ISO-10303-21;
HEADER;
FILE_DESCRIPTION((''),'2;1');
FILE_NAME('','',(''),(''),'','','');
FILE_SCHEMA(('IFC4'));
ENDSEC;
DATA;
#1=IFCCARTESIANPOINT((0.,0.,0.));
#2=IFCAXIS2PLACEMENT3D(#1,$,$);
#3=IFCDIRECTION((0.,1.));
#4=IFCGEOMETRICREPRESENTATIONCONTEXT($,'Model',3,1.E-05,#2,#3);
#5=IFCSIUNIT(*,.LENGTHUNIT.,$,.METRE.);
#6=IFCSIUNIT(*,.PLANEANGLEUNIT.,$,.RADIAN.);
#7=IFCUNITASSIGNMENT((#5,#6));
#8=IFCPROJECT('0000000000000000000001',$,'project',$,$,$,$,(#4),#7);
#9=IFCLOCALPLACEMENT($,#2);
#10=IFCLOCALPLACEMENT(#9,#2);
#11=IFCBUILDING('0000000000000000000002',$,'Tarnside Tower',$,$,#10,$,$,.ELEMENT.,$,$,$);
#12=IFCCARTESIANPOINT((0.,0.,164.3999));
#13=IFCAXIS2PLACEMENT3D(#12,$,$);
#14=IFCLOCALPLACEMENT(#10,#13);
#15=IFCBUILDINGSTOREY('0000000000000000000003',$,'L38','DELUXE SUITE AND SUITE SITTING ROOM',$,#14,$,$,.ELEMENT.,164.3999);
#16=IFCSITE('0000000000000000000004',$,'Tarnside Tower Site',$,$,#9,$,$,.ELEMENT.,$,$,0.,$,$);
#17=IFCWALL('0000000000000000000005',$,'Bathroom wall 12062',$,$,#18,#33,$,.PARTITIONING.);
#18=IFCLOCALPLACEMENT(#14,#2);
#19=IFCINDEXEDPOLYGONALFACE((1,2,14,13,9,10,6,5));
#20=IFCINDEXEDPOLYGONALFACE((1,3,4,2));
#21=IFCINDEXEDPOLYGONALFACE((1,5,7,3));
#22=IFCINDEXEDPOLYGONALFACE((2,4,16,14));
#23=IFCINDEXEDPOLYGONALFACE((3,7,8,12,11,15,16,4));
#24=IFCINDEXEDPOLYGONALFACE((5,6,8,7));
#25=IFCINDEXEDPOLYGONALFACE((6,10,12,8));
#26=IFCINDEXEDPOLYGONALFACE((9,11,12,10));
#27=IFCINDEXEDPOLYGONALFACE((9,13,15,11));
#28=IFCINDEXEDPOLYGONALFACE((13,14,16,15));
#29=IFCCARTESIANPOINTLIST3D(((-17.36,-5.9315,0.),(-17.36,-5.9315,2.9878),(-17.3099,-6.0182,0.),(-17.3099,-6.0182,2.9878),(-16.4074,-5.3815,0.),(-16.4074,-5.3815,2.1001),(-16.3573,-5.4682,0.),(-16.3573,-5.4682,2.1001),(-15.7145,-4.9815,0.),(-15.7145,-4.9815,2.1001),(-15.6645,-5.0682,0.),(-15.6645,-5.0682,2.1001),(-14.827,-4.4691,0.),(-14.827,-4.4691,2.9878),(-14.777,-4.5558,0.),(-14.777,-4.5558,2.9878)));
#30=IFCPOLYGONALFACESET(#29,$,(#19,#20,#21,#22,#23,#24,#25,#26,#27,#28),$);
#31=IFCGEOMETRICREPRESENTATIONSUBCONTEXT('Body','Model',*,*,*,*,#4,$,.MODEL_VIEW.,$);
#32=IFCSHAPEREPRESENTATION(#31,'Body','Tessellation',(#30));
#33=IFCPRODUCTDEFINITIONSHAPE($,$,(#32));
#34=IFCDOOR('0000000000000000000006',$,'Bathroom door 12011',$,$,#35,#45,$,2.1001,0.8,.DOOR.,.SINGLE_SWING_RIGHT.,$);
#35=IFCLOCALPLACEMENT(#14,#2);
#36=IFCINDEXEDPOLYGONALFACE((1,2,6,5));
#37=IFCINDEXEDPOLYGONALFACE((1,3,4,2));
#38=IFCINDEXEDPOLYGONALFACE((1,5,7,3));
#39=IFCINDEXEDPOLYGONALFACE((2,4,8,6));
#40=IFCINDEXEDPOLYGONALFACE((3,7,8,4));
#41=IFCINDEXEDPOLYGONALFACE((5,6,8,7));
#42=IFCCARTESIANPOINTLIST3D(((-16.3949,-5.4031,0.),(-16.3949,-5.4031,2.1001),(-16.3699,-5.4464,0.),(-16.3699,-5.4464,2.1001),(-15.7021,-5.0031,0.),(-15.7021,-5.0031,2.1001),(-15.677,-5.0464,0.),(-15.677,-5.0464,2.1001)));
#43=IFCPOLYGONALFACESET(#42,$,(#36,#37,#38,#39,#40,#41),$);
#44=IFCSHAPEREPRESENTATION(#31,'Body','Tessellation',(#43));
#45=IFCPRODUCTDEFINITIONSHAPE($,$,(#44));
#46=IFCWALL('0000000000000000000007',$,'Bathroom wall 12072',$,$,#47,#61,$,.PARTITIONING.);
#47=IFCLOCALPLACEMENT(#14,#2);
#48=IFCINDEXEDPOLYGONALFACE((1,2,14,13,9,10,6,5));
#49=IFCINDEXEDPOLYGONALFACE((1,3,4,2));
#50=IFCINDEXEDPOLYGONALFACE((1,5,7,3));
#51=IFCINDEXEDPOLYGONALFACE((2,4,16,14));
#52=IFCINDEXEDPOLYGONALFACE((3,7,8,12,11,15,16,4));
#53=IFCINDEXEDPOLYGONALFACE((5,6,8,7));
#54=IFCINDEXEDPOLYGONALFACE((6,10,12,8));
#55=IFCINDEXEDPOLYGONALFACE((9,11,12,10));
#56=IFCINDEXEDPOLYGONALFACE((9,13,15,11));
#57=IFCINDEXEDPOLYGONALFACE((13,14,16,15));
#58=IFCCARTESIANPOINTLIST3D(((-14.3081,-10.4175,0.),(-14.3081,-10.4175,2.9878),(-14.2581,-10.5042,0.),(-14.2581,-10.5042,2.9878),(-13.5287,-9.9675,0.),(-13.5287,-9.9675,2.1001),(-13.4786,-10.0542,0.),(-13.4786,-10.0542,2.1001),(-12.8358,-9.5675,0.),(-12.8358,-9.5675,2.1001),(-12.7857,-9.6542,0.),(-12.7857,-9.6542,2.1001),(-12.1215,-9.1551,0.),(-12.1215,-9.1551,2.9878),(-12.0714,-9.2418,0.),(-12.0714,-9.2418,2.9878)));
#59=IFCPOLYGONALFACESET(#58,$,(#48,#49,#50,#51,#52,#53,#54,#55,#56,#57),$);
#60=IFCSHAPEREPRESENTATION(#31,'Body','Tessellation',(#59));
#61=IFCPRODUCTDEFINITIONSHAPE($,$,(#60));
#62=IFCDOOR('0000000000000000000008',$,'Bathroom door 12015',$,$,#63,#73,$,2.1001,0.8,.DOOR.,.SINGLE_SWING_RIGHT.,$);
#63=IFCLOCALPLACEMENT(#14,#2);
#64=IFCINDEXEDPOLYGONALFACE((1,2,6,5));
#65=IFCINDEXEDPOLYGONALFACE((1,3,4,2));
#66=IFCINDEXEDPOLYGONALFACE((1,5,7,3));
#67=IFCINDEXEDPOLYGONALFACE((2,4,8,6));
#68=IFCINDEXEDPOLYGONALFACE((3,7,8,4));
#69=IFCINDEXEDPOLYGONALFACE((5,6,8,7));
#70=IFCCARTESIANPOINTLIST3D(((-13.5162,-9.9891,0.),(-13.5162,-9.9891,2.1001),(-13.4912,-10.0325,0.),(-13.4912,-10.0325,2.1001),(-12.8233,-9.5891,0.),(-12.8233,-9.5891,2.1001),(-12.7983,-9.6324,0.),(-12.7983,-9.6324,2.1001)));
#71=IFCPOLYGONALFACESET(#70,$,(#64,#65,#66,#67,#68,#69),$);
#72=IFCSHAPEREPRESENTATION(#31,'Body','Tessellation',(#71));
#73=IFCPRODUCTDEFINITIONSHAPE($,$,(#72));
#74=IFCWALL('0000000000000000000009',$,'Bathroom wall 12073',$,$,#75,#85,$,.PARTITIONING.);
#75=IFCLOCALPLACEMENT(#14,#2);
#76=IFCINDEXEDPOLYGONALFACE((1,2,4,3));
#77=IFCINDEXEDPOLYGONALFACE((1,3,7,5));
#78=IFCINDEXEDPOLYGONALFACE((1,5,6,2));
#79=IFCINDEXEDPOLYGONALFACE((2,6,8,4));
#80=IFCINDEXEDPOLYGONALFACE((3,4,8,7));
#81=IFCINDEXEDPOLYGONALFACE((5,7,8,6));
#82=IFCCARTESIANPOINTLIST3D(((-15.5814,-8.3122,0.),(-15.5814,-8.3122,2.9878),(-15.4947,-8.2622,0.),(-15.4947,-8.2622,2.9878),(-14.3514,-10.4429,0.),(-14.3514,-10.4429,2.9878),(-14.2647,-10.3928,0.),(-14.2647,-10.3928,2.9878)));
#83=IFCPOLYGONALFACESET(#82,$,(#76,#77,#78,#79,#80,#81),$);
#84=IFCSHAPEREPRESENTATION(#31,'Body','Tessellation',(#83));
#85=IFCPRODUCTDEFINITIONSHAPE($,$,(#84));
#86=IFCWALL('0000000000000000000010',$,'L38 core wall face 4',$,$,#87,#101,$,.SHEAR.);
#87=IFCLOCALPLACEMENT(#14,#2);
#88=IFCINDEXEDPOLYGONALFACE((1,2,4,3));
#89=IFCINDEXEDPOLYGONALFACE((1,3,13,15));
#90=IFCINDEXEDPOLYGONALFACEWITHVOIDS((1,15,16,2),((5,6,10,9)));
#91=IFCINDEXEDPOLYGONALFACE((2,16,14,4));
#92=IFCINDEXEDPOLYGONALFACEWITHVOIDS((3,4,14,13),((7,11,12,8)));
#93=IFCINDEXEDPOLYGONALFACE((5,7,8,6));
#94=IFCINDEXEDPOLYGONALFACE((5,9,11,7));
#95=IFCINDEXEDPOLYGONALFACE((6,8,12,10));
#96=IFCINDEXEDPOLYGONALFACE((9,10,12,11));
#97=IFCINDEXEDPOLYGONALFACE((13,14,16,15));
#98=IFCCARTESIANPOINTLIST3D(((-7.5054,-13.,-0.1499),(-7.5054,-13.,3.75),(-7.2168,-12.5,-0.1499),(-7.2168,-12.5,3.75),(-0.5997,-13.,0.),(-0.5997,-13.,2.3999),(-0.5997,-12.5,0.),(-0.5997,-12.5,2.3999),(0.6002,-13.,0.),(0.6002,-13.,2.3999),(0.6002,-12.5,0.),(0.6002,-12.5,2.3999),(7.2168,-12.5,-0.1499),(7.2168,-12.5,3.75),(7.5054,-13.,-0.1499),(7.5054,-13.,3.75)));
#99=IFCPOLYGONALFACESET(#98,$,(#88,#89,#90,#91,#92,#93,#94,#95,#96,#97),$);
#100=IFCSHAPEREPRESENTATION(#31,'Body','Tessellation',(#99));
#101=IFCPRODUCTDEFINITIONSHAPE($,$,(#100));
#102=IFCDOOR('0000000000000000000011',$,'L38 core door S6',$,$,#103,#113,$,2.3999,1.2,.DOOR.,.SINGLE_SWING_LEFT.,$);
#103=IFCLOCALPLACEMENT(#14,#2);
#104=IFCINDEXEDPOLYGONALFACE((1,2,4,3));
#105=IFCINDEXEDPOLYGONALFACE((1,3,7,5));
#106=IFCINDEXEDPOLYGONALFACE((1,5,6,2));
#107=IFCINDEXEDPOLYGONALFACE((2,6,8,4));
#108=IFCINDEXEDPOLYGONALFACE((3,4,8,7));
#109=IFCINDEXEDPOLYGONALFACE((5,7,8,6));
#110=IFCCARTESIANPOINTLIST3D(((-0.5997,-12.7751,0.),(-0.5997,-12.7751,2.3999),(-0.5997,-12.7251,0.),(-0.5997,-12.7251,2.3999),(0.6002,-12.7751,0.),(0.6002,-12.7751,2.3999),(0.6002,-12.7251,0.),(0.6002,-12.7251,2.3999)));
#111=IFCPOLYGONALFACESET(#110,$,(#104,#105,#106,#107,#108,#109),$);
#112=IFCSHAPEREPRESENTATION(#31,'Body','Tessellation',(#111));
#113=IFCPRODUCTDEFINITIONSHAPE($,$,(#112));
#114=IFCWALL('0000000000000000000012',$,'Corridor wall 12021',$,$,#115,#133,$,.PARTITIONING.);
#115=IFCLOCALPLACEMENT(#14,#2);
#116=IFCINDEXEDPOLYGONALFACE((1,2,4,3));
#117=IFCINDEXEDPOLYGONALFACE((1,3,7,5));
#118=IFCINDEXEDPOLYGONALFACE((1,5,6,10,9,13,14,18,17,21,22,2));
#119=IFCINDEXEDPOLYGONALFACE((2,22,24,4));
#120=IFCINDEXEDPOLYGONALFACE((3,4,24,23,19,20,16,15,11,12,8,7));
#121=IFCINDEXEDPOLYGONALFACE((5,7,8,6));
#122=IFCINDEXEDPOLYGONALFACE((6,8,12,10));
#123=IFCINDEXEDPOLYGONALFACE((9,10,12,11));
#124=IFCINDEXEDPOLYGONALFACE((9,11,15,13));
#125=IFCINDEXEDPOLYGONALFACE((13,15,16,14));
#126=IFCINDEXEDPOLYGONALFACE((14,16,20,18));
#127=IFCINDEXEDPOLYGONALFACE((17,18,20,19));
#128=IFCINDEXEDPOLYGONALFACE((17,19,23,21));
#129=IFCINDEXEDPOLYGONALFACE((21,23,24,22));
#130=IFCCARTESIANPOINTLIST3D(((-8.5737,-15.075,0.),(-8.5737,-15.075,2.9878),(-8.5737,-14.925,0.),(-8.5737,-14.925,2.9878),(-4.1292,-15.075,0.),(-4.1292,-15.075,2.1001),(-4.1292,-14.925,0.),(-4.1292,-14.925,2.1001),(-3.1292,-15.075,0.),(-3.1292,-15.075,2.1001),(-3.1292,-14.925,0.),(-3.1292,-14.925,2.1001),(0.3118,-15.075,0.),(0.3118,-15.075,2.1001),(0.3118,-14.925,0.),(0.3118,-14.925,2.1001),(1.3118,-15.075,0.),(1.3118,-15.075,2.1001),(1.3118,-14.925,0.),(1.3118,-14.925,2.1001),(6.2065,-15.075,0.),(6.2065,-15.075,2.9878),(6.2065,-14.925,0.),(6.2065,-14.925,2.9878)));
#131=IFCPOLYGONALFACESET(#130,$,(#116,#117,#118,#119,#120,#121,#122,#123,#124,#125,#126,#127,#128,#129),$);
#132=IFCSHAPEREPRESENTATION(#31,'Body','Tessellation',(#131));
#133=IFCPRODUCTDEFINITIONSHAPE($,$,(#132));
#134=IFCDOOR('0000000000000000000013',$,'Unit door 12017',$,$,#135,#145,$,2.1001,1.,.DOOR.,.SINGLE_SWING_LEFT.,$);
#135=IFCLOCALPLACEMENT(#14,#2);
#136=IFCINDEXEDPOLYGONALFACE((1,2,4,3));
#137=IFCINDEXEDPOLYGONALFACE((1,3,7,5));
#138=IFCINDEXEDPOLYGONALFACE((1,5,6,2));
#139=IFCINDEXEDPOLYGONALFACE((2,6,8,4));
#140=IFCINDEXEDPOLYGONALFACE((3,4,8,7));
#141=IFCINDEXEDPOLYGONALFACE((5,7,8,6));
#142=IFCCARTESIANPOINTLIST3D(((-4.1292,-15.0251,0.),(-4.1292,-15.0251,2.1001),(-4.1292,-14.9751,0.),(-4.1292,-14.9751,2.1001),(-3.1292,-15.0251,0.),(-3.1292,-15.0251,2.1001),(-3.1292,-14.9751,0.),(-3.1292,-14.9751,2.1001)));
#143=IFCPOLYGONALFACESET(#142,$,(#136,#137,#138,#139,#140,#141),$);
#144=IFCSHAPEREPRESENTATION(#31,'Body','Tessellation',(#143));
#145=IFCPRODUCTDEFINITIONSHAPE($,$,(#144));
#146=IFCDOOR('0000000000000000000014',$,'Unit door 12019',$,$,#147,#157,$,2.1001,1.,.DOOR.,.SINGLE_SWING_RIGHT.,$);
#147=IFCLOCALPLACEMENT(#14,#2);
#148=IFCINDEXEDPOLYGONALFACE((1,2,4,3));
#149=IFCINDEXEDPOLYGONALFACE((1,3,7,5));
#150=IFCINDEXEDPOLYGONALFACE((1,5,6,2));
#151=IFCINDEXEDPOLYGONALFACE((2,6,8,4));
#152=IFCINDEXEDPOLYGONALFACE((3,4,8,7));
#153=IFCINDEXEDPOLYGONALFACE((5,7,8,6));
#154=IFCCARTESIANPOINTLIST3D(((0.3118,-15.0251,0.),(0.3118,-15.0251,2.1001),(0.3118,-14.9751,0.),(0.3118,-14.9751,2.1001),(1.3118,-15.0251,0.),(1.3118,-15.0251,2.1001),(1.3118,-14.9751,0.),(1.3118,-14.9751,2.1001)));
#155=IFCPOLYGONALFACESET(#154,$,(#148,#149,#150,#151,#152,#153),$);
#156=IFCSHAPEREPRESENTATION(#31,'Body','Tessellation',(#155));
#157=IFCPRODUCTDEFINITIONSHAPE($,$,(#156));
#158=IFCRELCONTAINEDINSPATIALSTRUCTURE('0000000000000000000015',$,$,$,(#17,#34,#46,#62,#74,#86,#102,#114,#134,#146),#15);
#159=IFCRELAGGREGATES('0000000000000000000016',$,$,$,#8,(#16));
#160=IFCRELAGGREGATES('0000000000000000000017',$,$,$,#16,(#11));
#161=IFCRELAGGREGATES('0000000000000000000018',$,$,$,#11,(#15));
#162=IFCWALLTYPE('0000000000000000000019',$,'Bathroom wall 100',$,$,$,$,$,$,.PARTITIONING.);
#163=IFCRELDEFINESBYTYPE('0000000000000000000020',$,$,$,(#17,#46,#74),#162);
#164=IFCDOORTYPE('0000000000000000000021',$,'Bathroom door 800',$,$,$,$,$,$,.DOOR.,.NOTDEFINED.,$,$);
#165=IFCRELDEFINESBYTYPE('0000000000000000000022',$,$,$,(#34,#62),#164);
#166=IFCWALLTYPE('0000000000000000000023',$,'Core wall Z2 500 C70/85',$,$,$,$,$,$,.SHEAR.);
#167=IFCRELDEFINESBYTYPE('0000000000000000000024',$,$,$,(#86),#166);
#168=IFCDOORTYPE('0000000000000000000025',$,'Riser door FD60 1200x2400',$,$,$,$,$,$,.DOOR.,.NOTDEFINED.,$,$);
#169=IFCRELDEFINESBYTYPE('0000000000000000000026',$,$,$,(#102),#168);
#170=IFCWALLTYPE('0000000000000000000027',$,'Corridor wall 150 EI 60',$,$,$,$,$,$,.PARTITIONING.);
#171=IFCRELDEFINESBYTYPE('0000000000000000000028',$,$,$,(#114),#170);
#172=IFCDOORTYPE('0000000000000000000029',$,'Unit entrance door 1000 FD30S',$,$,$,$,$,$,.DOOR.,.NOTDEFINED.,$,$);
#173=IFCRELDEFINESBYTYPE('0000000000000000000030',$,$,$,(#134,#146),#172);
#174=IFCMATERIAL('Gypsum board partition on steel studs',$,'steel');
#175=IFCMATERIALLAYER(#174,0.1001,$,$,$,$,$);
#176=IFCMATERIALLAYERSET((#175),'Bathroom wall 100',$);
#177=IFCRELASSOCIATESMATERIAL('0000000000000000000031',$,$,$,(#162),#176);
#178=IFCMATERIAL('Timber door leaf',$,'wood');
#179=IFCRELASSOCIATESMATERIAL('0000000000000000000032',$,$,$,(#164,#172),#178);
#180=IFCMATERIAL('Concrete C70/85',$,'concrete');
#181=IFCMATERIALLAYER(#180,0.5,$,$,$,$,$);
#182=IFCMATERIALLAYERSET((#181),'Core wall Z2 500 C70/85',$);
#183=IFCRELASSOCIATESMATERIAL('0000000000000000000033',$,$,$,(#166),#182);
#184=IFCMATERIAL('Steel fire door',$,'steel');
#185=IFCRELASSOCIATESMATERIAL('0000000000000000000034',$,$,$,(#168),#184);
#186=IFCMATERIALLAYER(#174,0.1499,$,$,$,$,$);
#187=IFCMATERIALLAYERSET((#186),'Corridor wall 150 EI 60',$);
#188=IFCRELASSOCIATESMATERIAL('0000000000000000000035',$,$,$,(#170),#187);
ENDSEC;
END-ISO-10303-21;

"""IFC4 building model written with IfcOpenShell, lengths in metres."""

from ifc_helpers import new_model, si_unit, direction, frame, frame_2d, origin, place, context, subcontext, project, spatial, polyline, rectangle, outline, extrude, material, layer, layer_set, type_object, element, fill, save


model = new_model("IFC4")

# Units and contexts
model_context = context("Model", 3, precision=1e-05, world=origin(), true_north=direction((0.0, 1.0)))
body_context = subcontext(model_context, "Body", "Model", "MODEL_VIEW")
ifc_project = project(units=[si_unit("LENGTHUNIT", "METRE"), si_unit("PLANEANGLEUNIT", "RADIAN")], contexts=[model_context])

# Site, building, storey
site_placement = place(None, origin())
site = spatial("IfcSite", under=ifc_project, at=site_placement, Name="Tarnside Tower Site", CompositionType="ELEMENT", RefElevation=0.0)
building_placement = place(site_placement, origin())
building = spatial("IfcBuilding", under=site, at=building_placement, Name="Tarnside Tower", CompositionType="ELEMENT")
storey_placement = place(building_placement, frame((0.0, 0.0, 164.3999)))
storey = spatial("IfcBuildingStorey", under=building, at=storey_placement, Name="L38", Description="DELUXE SUITE AND SUITE SITTING ROOM", CompositionType="ELEMENT", Elevation=164.3999)

# Walls, openings, doors
ifc_material_1 = material(Name="Gypsum board partition on steel studs", Category="steel")
ifc_layer_1 = layer(ifc_material_1, 0.1001)
ifc_layer_set_1 = layer_set([ifc_layer_1], Name="Bathroom wall 100")
wall_type_1 = type_object("IfcWallType", Name="Bathroom wall 100", PredefinedType="PARTITIONING", material=ifc_layer_set_1)
wall_1_placement = place(storey_placement, frame((-14.802, -4.5125, 0.0), z_axis=(0.0, 0.0, 1.0), x_axis=(-0.866026, -0.499999, 0.0)))
wall_1 = element("IfcWall", 1, at=wall_1_placement, inside=storey, type_object=wall_type_1, Name="Bathroom wall 12062", PredefinedType="PARTITIONING", context=body_context, shape_type="SweptSolid", body=[
    extrude(rectangle(XDim=2.9248, YDim=0.1001, at=frame_2d((1.4624, 0.0))), origin(), (0.0, 0.0, 1.0), 2.9878),
])
opening_1_placement = place(wall_1_placement, frame((1.0249, 0.0, 0.0)))
opening_1 = element("IfcOpeningElement", 2, at=opening_1_placement, cuts=wall_1, PredefinedType="OPENING", context=body_context, shape_type="SweptSolid", body=[
    extrude(rectangle(XDim=0.8, YDim=2.1001, at=frame_2d((0.3999, 1.05))), frame((0.0, 0.0601, 0.0), z_axis=(0.0, -1.0, 0.0), x_axis=(1.0, 0.0, 0.0)), (0.0, 0.0, 1.0), 0.1201),
])
ifc_material_2 = material(Name="Timber door leaf", Category="wood")
door_type_1 = type_object("IfcDoorType", Name="Bathroom door 800", OperationType="NOTDEFINED", PredefinedType="DOOR", material=ifc_material_2)
door_1_placement = place(opening_1_placement, origin())
door_1 = element("IfcDoor", 3, at=door_1_placement, inside=storey, type_object=door_type_1, Name="Bathroom door 12011", OperationType="SINGLE_SWING_RIGHT", OverallHeight=2.1001, OverallWidth=0.8, PredefinedType="DOOR", context=body_context, shape_type="SweptSolid", body=[
    extrude(rectangle(XDim=0.8, YDim=2.1001, at=frame_2d((0.3999, 1.05))), frame((0.0, 0.0249, 0.0), z_axis=(0.0, -1.0, 0.0), x_axis=(1.0, 0.0, 0.0)), (0.0, 0.0, 1.0), 0.05),
])
fill(opening_1, door_1)
wall_2_placement = place(storey_placement, frame((-12.0964, -9.1985, 0.0), z_axis=(0.0, 0.0, 1.0), x_axis=(-0.866039, -0.499976, 0.0)))
wall_2 = element("IfcWall", 4, at=wall_2_placement, inside=storey, type_object=wall_type_1, Name="Bathroom wall 12072", PredefinedType="PARTITIONING", context=body_context, shape_type="SweptSolid", body=[
    extrude(rectangle(XDim=2.5249, YDim=0.1001, at=frame_2d((1.2625, 0.0))), origin(), (0.0, 0.0, 1.0), 2.9878),
])
opening_2_placement = place(wall_2_placement, frame((0.825, 0.0, 0.0)))
opening_2 = element("IfcOpeningElement", 5, at=opening_2_placement, cuts=wall_2, PredefinedType="OPENING", context=body_context, shape_type="SweptSolid", body=[
    extrude(rectangle(XDim=0.8, YDim=2.1001, at=frame_2d((0.3999, 1.05))), frame((0.0, 0.0601, 0.0), z_axis=(0.0, -1.0, 0.0), x_axis=(1.0, 0.0, 0.0)), (0.0, 0.0, 1.0), 0.1201),
])
door_2_placement = place(opening_2_placement, origin())
door_2 = element("IfcDoor", 6, at=door_2_placement, inside=storey, type_object=door_type_1, Name="Bathroom door 12015", OperationType="SINGLE_SWING_RIGHT", OverallHeight=2.1001, OverallWidth=0.8, PredefinedType="DOOR", context=body_context, shape_type="SweptSolid", body=[
    extrude(rectangle(XDim=0.8, YDim=2.1001, at=frame_2d((0.3999, 1.05))), frame((0.0, 0.0249, 0.0), z_axis=(0.0, -1.0, 0.0), x_axis=(1.0, 0.0, 0.0)), (0.0, 0.0, 1.0), 0.05),
])
fill(opening_2, door_2)

# Wall
wall_3_placement = place(storey_placement, frame((-14.3081, -10.4177, 0.0), z_axis=(0.0, 0.0, 1.0), x_axis=(-0.49996, 0.866048, 0.0)))
element("IfcWall", 7, at=wall_3_placement, inside=storey, type_object=wall_type_1, Name="Bathroom wall 12073", PredefinedType="PARTITIONING", context=body_context, shape_type="SweptSolid", body=[
    extrude(rectangle(XDim=2.4602, YDim=0.1001, at=frame_2d((1.23, 0.0))), origin(), (0.0, 0.0, 1.0), 2.9878),
])

# Wall, opening, door
ifc_material_3 = material(Name="Concrete C70/85", Category="concrete")
ifc_layer_2 = layer(ifc_material_3, 0.5)
ifc_layer_set_2 = layer_set([ifc_layer_2], Name="Core wall Z2 500 C70/85")
wall_type_2 = type_object("IfcWallType", Name="Core wall Z2 500 C70/85", PredefinedType="SHEAR", material=ifc_layer_set_2)
wall_4_placement = place(storey_placement, frame((-7.3611, -12.75, -0.1499), z_axis=(0.0, 0.0, 1.0), x_axis=(1.0, 0.0, 0.0)))
wall_4 = element("IfcWall", 8, at=wall_4_placement, inside=storey, type_object=wall_type_2, Name="L38 core wall face 4", PredefinedType="SHEAR", context=body_context, shape_type="SweptSolid", body=[
    extrude(outline(polyline([(-0.1443, -0.25), (14.8665, -0.25), (14.5779, 0.25), (0.1443, 0.25), (-0.1443, -0.25)])), origin(), (0.0, 0.0, 1.0), 3.8999),
])
opening_3_placement = place(wall_4_placement, frame((6.7612, 0.0, 0.1499)))
opening_3 = element("IfcOpeningElement", 9, at=opening_3_placement, cuts=wall_4, PredefinedType="OPENING", context=body_context, shape_type="SweptSolid", body=[
    extrude(rectangle(XDim=1.2, YDim=2.3999, at=frame_2d((0.6001, 1.2))), frame((0.0, 0.26, 0.0), z_axis=(0.0, -1.0, 0.0), x_axis=(1.0, 0.0, 0.0)), (0.0, 0.0, 1.0), 0.52),
])
ifc_material_4 = material(Name="Steel fire door", Category="steel")
door_type_2 = type_object("IfcDoorType", Name="Riser door FD60 1200x2400", OperationType="NOTDEFINED", PredefinedType="DOOR", material=ifc_material_4)
door_3_placement = place(opening_3_placement, origin())
door_3 = element("IfcDoor", 10, at=door_3_placement, inside=storey, type_object=door_type_2, Name="L38 core door S6", OperationType="SINGLE_SWING_LEFT", OverallHeight=2.3999, OverallWidth=1.2, PredefinedType="DOOR", context=body_context, shape_type="SweptSolid", body=[
    extrude(rectangle(XDim=1.2, YDim=2.3999, at=frame_2d((0.6001, 1.2))), frame((0.0, 0.0249, 0.0), z_axis=(0.0, -1.0, 0.0), x_axis=(1.0, 0.0, 0.0)), (0.0, 0.0, 1.0), 0.05),
])
fill(opening_3, door_3)

# Wall, openings, doors
ifc_layer_3 = layer(ifc_material_1, 0.1499)
ifc_layer_set_3 = layer_set([ifc_layer_3], Name="Corridor wall 150 EI 60")
wall_type_3 = type_object("IfcWallType", Name="Corridor wall 150 EI 60", PredefinedType="PARTITIONING", material=ifc_layer_set_3)
wall_5_placement = place(storey_placement, frame((-8.5737, -15.0, 0.0), z_axis=(0.0, 0.0, 1.0), x_axis=(1.0, 0.0, 0.0)))
wall_5 = element("IfcWall", 11, at=wall_5_placement, inside=storey, type_object=wall_type_3, Name="Corridor wall 12021", PredefinedType="PARTITIONING", context=body_context, shape_type="SweptSolid", body=[
    extrude(rectangle(XDim=14.7803, YDim=0.1499, at=frame_2d((7.3901, 0.0))), origin(), (0.0, 0.0, 1.0), 2.9878),
])
opening_4_placement = place(wall_5_placement, frame((4.4446, 0.0, 0.0)))
opening_4 = element("IfcOpeningElement", 12, at=opening_4_placement, cuts=wall_5, PredefinedType="OPENING", context=body_context, shape_type="SweptSolid", body=[
    extrude(rectangle(XDim=1.0, YDim=2.1001, at=frame_2d((0.5, 1.05))), frame((0.0, 0.085, 0.0), z_axis=(0.0, -1.0, 0.0), x_axis=(1.0, 0.0, 0.0)), (0.0, 0.0, 1.0), 0.1699),
])
opening_5_placement = place(wall_5_placement, frame((8.8855, 0.0, 0.0)))
opening_5 = element("IfcOpeningElement", 13, at=opening_5_placement, cuts=wall_5, PredefinedType="OPENING", context=body_context, shape_type="SweptSolid", body=[
    extrude(rectangle(XDim=1.0, YDim=2.1001, at=frame_2d((0.5, 1.05))), frame((0.0, 0.085, 0.0), z_axis=(0.0, -1.0, 0.0), x_axis=(1.0, 0.0, 0.0)), (0.0, 0.0, 1.0), 0.1699),
])
door_type_3 = type_object("IfcDoorType", Name="Unit entrance door 1000 FD30S", OperationType="NOTDEFINED", PredefinedType="DOOR", material=ifc_material_2)
door_4_placement = place(opening_4_placement, origin())
door_4 = element("IfcDoor", 14, at=door_4_placement, inside=storey, type_object=door_type_3, Name="Unit door 12017", OperationType="SINGLE_SWING_LEFT", OverallHeight=2.1001, OverallWidth=1.0, PredefinedType="DOOR", context=body_context, shape_type="SweptSolid", body=[
    extrude(rectangle(XDim=1.0, YDim=2.1001, at=frame_2d((0.5, 1.05))), frame((0.0, 0.0249, 0.0), z_axis=(0.0, -1.0, 0.0), x_axis=(1.0, 0.0, 0.0)), (0.0, 0.0, 1.0), 0.05),
])
fill(opening_4, door_4)
door_5_placement = place(opening_5_placement, origin())
door_5 = element("IfcDoor", 15, at=door_5_placement, inside=storey, type_object=door_type_3, Name="Unit door 12019", OperationType="SINGLE_SWING_RIGHT", OverallHeight=2.1001, OverallWidth=1.0, PredefinedType="DOOR", context=body_context, shape_type="SweptSolid", body=[
    extrude(rectangle(XDim=1.0, YDim=2.1001, at=frame_2d((0.5, 1.05))), frame((0.0, 0.0249, 0.0), z_axis=(0.0, -1.0, 0.0), x_axis=(1.0, 0.0, 0.0)), (0.0, 0.0, 1.0), 0.05),
])
fill(opening_5, door_5)

save(model, "model.ifc")
